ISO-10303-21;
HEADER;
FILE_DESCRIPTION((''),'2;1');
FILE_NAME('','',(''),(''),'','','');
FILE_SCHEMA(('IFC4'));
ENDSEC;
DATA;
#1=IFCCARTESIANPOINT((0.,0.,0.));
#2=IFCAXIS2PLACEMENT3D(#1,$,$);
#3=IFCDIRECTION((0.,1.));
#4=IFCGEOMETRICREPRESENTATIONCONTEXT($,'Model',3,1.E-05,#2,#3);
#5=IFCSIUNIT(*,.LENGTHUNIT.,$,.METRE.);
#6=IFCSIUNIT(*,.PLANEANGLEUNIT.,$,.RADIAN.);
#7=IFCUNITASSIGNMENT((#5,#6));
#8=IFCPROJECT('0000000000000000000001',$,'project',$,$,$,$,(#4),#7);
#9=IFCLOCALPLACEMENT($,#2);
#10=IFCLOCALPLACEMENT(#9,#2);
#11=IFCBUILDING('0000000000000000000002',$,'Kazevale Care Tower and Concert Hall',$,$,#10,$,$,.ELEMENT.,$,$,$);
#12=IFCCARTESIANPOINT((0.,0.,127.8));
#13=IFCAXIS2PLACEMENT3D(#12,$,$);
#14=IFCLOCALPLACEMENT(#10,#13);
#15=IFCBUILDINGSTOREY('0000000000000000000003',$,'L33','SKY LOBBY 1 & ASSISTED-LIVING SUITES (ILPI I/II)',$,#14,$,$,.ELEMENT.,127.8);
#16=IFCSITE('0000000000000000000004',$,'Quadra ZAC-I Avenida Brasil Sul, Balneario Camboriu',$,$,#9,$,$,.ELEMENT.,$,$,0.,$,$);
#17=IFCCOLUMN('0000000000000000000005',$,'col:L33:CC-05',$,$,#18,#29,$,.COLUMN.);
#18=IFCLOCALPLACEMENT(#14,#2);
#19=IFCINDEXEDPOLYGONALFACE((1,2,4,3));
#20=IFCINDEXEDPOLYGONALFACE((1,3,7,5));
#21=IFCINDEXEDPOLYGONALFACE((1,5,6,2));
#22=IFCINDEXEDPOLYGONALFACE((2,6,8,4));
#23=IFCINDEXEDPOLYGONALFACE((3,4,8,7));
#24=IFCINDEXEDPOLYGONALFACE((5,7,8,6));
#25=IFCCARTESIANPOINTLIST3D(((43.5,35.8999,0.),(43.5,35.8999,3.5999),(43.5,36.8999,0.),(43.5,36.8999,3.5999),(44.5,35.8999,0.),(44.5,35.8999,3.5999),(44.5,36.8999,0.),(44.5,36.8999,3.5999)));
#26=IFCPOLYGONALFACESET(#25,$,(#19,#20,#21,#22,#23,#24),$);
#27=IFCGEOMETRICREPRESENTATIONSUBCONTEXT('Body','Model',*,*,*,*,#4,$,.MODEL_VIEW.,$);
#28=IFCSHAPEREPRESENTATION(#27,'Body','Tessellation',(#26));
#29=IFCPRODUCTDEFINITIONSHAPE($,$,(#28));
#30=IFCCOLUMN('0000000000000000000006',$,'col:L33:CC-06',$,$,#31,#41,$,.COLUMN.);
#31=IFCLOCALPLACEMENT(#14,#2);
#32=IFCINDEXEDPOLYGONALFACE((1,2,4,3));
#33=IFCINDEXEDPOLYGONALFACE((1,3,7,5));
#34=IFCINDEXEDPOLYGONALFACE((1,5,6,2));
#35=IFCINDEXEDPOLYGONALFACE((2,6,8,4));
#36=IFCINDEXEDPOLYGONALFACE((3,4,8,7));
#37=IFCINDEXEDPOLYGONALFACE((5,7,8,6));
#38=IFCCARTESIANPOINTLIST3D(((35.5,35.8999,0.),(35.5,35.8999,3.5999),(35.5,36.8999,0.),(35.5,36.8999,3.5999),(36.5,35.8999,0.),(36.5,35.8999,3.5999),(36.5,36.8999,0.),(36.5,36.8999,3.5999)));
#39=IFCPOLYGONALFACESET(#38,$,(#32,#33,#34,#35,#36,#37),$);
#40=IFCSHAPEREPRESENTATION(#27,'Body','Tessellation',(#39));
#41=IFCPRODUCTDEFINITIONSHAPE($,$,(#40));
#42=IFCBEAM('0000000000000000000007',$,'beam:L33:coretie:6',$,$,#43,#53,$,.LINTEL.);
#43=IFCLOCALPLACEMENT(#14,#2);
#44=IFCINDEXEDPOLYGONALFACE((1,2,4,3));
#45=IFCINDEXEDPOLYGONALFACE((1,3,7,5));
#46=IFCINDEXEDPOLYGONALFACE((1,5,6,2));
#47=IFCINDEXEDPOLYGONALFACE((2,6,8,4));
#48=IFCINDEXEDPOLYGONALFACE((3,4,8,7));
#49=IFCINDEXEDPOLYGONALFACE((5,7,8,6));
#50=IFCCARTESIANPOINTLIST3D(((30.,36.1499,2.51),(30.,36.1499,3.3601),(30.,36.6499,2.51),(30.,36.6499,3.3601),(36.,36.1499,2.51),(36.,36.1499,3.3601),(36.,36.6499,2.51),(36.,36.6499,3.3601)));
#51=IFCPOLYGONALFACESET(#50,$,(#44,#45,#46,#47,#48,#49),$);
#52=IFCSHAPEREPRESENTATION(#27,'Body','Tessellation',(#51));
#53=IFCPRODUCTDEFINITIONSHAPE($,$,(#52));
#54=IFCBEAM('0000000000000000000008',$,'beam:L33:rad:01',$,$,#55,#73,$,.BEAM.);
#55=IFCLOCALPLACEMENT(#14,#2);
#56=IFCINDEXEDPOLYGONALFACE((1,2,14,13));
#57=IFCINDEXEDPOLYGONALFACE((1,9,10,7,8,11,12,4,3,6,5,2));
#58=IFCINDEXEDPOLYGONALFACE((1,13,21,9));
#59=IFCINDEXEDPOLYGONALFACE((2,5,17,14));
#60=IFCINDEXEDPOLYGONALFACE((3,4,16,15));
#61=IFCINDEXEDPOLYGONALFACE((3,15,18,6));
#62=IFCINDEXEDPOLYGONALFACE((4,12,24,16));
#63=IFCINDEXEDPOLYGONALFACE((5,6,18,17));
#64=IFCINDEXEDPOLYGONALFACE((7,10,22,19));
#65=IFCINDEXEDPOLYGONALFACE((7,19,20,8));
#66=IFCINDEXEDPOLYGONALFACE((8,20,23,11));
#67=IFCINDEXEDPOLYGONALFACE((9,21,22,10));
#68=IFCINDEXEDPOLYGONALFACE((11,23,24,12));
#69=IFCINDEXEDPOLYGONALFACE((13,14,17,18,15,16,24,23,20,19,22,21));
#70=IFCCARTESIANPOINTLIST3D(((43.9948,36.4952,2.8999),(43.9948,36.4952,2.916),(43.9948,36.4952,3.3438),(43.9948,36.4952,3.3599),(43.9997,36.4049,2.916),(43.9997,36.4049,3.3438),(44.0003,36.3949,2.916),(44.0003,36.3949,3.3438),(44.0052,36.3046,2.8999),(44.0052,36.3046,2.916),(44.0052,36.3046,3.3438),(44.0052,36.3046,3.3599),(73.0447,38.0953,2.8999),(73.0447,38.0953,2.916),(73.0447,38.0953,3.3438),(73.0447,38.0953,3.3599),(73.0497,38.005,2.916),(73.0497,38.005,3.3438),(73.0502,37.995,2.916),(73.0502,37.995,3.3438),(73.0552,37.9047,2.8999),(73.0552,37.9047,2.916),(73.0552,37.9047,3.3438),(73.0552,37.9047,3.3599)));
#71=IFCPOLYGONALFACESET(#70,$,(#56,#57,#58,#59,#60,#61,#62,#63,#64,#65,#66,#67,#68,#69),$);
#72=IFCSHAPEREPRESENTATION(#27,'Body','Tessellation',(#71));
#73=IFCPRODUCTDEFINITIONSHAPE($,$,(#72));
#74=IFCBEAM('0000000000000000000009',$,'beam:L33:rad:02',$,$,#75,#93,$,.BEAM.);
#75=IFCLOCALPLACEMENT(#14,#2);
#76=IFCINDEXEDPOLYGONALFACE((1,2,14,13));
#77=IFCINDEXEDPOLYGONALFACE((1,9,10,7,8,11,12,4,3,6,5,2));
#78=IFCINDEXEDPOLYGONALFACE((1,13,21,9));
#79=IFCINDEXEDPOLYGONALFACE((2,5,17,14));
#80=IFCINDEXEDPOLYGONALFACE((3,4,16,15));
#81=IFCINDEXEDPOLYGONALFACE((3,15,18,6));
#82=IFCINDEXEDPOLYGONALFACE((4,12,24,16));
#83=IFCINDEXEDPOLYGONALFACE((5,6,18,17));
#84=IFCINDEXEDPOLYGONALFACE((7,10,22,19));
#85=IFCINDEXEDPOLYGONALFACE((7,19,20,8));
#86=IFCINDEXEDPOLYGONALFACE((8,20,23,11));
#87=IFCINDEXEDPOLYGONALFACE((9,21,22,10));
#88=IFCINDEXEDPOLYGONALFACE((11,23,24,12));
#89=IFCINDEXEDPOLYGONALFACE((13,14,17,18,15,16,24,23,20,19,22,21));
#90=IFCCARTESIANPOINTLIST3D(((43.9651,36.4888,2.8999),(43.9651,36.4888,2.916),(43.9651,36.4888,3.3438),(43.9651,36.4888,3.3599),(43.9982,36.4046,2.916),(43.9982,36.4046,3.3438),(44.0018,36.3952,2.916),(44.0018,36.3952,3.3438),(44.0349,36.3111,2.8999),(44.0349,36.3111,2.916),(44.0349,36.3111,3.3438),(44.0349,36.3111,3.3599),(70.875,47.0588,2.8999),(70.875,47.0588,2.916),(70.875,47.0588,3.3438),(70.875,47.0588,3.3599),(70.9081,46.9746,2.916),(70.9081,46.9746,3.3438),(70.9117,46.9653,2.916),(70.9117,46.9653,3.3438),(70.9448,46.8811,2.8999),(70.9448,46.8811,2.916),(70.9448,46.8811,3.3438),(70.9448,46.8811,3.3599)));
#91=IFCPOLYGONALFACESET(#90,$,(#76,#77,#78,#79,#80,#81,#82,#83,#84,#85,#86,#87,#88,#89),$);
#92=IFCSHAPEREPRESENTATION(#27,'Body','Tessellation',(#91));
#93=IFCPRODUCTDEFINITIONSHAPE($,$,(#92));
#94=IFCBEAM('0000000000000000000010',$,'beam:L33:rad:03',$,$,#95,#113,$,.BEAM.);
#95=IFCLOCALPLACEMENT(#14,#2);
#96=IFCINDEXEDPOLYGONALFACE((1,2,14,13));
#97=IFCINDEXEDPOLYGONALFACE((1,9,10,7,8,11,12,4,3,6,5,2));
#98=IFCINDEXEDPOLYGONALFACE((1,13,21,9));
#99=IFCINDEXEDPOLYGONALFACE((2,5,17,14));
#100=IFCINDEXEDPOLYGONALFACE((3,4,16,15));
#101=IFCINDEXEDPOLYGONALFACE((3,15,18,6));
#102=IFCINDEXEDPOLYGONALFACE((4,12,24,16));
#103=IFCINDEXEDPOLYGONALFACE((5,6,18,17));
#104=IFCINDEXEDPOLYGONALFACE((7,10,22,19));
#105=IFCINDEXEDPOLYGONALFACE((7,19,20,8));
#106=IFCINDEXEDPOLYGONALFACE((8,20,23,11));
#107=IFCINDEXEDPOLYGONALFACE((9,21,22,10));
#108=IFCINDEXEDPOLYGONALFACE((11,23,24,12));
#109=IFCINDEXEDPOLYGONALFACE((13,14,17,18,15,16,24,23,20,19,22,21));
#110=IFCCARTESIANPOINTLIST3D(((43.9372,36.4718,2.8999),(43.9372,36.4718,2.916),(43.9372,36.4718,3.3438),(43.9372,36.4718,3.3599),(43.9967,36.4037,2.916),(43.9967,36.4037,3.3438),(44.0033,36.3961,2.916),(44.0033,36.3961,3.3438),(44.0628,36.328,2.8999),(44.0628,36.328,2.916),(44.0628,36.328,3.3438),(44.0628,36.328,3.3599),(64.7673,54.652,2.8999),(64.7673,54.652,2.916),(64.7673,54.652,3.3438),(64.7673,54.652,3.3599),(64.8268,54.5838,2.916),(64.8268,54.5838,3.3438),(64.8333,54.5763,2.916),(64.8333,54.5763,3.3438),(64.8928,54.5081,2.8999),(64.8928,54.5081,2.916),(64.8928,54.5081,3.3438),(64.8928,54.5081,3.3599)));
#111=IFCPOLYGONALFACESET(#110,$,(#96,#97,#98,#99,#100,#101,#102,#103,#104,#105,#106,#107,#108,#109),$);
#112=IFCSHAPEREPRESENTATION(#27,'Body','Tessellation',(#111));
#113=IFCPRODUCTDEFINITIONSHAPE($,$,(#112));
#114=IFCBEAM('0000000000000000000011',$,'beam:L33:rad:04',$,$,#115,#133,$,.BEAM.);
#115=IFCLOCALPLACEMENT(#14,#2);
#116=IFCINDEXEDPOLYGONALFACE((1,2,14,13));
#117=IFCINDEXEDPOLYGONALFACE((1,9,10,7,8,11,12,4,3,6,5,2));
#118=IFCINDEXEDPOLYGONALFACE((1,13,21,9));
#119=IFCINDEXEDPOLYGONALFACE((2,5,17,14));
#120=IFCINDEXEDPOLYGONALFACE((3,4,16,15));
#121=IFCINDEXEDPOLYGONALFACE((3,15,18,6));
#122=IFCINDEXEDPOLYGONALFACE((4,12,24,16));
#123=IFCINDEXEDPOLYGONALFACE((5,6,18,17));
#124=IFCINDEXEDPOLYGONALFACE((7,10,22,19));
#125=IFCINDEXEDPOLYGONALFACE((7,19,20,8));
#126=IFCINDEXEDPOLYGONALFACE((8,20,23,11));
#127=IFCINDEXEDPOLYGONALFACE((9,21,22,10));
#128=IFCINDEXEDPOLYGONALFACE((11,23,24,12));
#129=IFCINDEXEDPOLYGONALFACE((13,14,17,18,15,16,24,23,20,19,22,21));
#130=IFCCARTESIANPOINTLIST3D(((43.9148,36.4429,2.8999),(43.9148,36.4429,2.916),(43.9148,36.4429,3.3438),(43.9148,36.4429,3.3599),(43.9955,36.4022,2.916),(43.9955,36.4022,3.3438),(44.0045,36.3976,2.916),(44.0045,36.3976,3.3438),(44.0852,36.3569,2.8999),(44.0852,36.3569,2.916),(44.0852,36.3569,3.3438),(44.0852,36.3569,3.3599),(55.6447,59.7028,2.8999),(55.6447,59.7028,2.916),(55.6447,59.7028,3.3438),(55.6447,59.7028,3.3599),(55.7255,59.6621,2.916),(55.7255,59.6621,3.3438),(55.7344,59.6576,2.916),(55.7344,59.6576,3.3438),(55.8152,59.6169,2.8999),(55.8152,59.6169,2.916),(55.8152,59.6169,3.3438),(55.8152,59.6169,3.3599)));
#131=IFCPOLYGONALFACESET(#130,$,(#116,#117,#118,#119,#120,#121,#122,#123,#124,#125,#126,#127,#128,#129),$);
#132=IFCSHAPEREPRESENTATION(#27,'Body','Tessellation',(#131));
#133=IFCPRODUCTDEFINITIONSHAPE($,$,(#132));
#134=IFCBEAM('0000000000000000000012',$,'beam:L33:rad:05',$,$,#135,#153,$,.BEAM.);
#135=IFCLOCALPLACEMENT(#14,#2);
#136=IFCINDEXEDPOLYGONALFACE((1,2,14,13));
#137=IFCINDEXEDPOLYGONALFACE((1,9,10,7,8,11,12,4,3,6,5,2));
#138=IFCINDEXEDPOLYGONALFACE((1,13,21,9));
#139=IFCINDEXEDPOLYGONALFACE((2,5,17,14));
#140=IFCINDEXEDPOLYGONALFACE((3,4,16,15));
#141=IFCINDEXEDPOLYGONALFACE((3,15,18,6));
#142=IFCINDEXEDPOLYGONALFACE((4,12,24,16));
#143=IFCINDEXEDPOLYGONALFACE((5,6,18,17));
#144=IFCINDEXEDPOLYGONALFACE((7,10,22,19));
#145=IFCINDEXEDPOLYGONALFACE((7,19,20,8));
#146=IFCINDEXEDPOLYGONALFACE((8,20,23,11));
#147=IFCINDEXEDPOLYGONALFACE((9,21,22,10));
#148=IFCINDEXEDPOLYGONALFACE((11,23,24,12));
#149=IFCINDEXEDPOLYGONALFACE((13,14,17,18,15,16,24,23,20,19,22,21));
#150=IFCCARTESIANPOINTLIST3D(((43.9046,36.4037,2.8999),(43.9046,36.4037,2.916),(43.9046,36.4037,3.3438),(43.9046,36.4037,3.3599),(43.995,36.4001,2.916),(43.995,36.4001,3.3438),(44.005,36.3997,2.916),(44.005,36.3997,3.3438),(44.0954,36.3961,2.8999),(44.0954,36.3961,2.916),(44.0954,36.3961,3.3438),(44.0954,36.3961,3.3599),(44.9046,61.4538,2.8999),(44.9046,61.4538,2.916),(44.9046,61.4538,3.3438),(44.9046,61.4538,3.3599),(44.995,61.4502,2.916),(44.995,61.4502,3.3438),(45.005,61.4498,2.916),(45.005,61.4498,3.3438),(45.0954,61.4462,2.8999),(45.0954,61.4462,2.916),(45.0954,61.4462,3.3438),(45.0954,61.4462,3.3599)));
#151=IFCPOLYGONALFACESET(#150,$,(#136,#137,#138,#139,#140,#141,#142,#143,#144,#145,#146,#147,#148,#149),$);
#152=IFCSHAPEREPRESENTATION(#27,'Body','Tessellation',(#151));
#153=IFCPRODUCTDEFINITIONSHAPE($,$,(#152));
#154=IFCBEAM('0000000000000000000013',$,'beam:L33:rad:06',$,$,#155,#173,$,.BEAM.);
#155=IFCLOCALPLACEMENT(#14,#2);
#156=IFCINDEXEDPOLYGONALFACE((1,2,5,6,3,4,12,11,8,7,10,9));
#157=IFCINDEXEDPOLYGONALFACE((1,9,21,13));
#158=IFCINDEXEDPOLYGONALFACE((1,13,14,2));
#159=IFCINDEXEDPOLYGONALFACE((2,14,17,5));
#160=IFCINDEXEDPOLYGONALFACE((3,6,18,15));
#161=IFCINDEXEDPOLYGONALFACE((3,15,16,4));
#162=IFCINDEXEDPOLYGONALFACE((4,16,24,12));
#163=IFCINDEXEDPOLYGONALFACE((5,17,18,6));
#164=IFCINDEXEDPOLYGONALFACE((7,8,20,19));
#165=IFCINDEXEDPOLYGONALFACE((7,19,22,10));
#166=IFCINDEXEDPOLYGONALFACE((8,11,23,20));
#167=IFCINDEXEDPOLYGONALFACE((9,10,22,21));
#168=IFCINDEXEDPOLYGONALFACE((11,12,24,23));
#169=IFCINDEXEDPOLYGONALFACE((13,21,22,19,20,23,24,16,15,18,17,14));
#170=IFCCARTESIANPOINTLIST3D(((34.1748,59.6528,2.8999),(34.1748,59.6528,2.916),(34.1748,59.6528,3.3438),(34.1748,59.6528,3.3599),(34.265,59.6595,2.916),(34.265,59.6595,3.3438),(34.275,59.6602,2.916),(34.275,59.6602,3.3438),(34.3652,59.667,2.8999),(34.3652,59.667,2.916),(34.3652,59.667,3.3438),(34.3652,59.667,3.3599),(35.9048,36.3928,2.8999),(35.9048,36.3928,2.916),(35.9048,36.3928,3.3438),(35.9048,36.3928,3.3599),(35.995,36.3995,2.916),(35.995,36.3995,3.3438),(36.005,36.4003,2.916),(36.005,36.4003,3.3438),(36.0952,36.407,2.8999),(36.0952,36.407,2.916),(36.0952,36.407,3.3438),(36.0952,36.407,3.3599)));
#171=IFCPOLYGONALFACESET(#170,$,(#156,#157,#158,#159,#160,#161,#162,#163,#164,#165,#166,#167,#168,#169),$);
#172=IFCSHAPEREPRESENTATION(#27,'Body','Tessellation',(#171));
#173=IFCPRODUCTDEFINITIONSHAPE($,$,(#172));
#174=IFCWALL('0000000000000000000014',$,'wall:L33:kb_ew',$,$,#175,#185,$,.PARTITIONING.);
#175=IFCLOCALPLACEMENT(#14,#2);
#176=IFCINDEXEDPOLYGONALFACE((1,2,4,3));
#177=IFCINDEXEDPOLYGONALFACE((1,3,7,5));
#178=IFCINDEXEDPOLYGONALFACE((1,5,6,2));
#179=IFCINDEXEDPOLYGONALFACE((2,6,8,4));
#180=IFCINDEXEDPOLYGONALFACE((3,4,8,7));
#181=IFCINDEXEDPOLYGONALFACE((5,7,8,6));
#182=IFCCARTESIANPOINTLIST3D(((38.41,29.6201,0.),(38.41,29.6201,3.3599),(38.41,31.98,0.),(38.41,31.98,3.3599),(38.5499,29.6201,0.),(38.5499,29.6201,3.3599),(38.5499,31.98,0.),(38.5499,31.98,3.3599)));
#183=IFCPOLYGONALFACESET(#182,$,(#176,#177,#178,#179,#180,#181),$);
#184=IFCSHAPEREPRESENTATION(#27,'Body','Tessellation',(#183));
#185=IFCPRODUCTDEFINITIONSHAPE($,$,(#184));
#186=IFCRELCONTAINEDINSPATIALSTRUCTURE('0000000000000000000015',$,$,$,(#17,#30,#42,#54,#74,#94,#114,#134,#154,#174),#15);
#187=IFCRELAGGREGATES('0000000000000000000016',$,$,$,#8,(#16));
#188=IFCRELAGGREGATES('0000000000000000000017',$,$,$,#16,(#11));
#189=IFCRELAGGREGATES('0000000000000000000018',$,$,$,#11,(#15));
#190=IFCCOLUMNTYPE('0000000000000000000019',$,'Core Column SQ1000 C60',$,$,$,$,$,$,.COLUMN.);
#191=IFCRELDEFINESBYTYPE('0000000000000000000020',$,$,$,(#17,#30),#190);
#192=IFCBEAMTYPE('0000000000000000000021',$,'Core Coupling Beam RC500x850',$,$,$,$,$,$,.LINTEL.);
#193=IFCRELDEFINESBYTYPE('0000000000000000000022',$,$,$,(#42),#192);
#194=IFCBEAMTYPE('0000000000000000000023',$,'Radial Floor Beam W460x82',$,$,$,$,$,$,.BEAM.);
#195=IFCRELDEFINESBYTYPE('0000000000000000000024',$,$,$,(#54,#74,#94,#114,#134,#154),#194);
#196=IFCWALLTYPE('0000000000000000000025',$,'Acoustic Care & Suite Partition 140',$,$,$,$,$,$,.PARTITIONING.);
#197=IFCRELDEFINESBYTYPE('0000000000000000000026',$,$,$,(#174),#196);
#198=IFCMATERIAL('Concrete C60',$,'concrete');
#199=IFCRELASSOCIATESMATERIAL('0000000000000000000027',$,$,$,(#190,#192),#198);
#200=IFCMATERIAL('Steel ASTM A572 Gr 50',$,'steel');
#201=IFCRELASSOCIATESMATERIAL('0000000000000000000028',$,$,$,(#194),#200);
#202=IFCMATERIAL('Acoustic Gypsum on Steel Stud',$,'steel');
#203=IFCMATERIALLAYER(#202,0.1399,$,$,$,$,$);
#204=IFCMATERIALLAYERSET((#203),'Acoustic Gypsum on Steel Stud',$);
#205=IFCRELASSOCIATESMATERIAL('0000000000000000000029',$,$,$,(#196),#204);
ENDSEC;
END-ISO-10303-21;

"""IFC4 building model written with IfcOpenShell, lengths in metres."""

from ifc_helpers import new_model, si_unit, direction, frame, frame_2d, origin, origin_2d, place, context, subcontext, project, spatial, rectangle, i_section, extrude, material, layer, layer_set, material_profile, profile_set, type_object, element, save


model = new_model("IFC4")

# Units and contexts
model_context = context("Model", 3, precision=1e-05, world=origin(), true_north=direction((0.0, 1.0)))
body_context = subcontext(model_context, "Body", "Model", "MODEL_VIEW")
ifc_project = project(units=[si_unit("LENGTHUNIT", "METRE"), si_unit("PLANEANGLEUNIT", "RADIAN")], contexts=[model_context])

# Site, building, storey
site_placement = place(None, origin())
site = spatial("IfcSite", under=ifc_project, at=site_placement, Name="Quadra ZAC-I Avenida Brasil Sul, Balneario Camboriu", CompositionType="ELEMENT", RefElevation=0.0)
building_placement = place(site_placement, origin())
building = spatial("IfcBuilding", under=site, at=building_placement, Name="Kazevale Care Tower and Concert Hall", CompositionType="ELEMENT")
storey_placement = place(building_placement, frame((0.0, 0.0, 127.8)))
storey = spatial("IfcBuildingStorey", under=building, at=storey_placement, Name="L33", Description="SKY LOBBY 1 & ASSISTED-LIVING SUITES (ILPI I/II)", CompositionType="ELEMENT", Elevation=127.8)

# Columns
ifc_material_1 = material(Name="Concrete C60", Category="concrete")
ifc_material_profile_1 = material_profile(ifc_material_1, rectangle(XDim=1.0, YDim=1.0, at=origin_2d()), Name="RC-SQ1000")
ifc_profile_set_1 = profile_set([ifc_material_profile_1], Name="Concrete C60")
column_type = type_object("IfcColumnType", Name="Core Column SQ1000 C60", PredefinedType="COLUMN", material=ifc_profile_set_1)
for number, where, z_axis, x_axis, name in (
    (1, (44.0, 36.3999, 0.0), (0.0, 0.0, 1.0), (1.0, 0.0, 0.0), "col:L33:CC-05"),
    (2, (36.0, 36.3999, 0.0), (0.0, 0.0, 1.0), (1.0, 0.0, 0.0), "col:L33:CC-06"),
):
    element("IfcColumn", number, at=place(storey_placement, frame(where, z_axis=z_axis, x_axis=x_axis)), inside=storey, type_object=column_type, Name=name, PredefinedType="COLUMN", context=body_context, shape_type="SweptSolid", body=[
        extrude(rectangle(XDim=1.0, YDim=1.0, at=origin_2d()), origin(), (0.0, 0.0, 1.0), 3.5999),
    ])

# Beams
ifc_material_profile_2 = material_profile(ifc_material_1, rectangle(XDim=0.5, YDim=0.8501, at=origin_2d()), Name="RC-B500x850")
ifc_profile_set_2 = profile_set([ifc_material_profile_2], Name="Concrete C60")
beam_type_1 = type_object("IfcBeamType", Name="Core Coupling Beam RC500x850", PredefinedType="LINTEL", material=ifc_profile_set_2)
beam_1_placement = place(storey_placement, frame((36.0, 36.3999, 2.9351), z_axis=(-1.0, 0.0, 0.0), x_axis=(0.0, -1.0, 0.0)))
element("IfcBeam", 3, at=beam_1_placement, inside=storey, type_object=beam_type_1, Name="beam:L33:coretie:6", PredefinedType="LINTEL", context=body_context, shape_type="SweptSolid", body=[
    extrude(rectangle(XDim=0.5, YDim=0.8501, at=origin_2d()), origin(), (0.0, 0.0, 1.0), 6.0),
])
ifc_material_2 = material(Name="Steel ASTM A572 Gr 50", Category="steel")
ifc_material_profile_3 = material_profile(ifc_material_2, i_section(OverallWidth=0.1909, OverallDepth=0.46, WebThickness=0.01, FlangeThickness=0.0161, at=origin_2d()), Name="W460x82")
ifc_profile_set_3 = profile_set([ifc_material_profile_3], Name="Steel ASTM A572 Gr 50")
beam_type_2 = type_object("IfcBeamType", Name="Radial Floor Beam W460x82", PredefinedType="BEAM", material=ifc_profile_set_3)
beam_2_placement = place(storey_placement, frame((44.0, 36.3999, 3.1299), z_axis=(0.998487, 0.054997, 0.0), x_axis=(-0.054997, 0.998487, 0.0)))
element("IfcBeam", 4, at=beam_2_placement, inside=storey, type_object=beam_type_2, Name="beam:L33:rad:01", PredefinedType="BEAM", context=body_context, shape_type="SweptSolid", body=[
    extrude(i_section(OverallWidth=0.1909, OverallDepth=0.46, WebThickness=0.01, FlangeThickness=0.0161, at=origin_2d()), origin(), (0.0, 0.0, 1.0), 29.094),
])
beam_3_placement = place(storey_placement, frame((44.0, 36.3999, 3.1299), z_axis=(0.930771, 0.365602, 0.0), x_axis=(-0.365602, 0.930771, 0.0)))
element("IfcBeam", 5, at=beam_3_placement, inside=storey, type_object=beam_type_2, Name="beam:L33:rad:02", PredefinedType="BEAM", context=body_context, shape_type="SweptSolid", body=[
    extrude(i_section(OverallWidth=0.1909, OverallDepth=0.46, WebThickness=0.01, FlangeThickness=0.0161, at=origin_2d()), origin(), (0.0, 0.0, 1.0), 28.9114),
])
beam_4_placement = place(storey_placement, frame((44.0, 36.3999, 3.1299), z_axis=(0.753403, 0.657559, 0.0), x_axis=(-0.657559, 0.753403, 0.0)))
element("IfcBeam", 6, at=beam_4_placement, inside=storey, type_object=beam_type_2, Name="beam:L33:rad:03", PredefinedType="BEAM", context=body_context, shape_type="SweptSolid", body=[
    extrude(i_section(OverallWidth=0.1909, OverallDepth=0.46, WebThickness=0.01, FlangeThickness=0.0161, at=origin_2d()), origin(), (0.0, 0.0, 1.0), 27.6479),
])
beam_5_placement = place(storey_placement, frame((44.0, 36.3999, 3.1299), z_axis=(0.450281, 0.892887, 0.0), x_axis=(-0.892887, 0.450281, 0.0)))
element("IfcBeam", 7, at=beam_5_placement, inside=storey, type_object=beam_type_2, Name="beam:L33:rad:04", PredefinedType="BEAM", context=body_context, shape_type="SweptSolid", body=[
    extrude(i_section(OverallWidth=0.1909, OverallDepth=0.46, WebThickness=0.01, FlangeThickness=0.0161, at=origin_2d()), origin(), (0.0, 0.0, 1.0), 26.0503),
])
beam_6_placement = place(storey_placement, frame((44.0, 36.3999, 3.1299), z_axis=(0.039888, 0.999204, 0.0), x_axis=(-0.999204, 0.039888, 0.0)))
element("IfcBeam", 8, at=beam_6_placement, inside=storey, type_object=beam_type_2, Name="beam:L33:rad:05", PredefinedType="BEAM", context=body_context, shape_type="SweptSolid", body=[
    extrude(i_section(OverallWidth=0.1909, OverallDepth=0.46, WebThickness=0.01, FlangeThickness=0.0161, at=origin_2d()), origin(), (0.0, 0.0, 1.0), 25.0701),
])
beam_7_placement = place(storey_placement, frame((36.0, 36.3999, 3.1299), z_axis=(-0.074171, 0.997246, 0.0), x_axis=(-0.997246, -0.074171, 0.0)))
element("IfcBeam", 9, at=beam_7_placement, inside=storey, type_object=beam_type_2, Name="beam:L33:rad:06", PredefinedType="BEAM", context=body_context, shape_type="SweptSolid", body=[
    extrude(i_section(OverallWidth=0.1909, OverallDepth=0.46, WebThickness=0.01, FlangeThickness=0.0161, at=origin_2d()), origin(), (0.0, 0.0, 1.0), 23.3242),
])

# Wall
ifc_material_3 = material(Name="Acoustic Gypsum on Steel Stud", Category="steel")
ifc_layer_1 = layer(ifc_material_3, 0.1399)
ifc_layer_set_1 = layer_set([ifc_layer_1], Name="Acoustic Gypsum on Steel Stud")
wall_type_1 = type_object("IfcWallType", Name="Acoustic Care & Suite Partition 140", PredefinedType="PARTITIONING", material=ifc_layer_set_1)
for number, where, z_axis, x_axis, name in (
    (10, (38.48, 29.6201, 0.0), (0.0, 0.0, 1.0), (0.0, 1.0, 0.0), "wall:L33:kb_ew"),
):
    element("IfcWall", number, at=place(storey_placement, frame(where, z_axis=z_axis, x_axis=x_axis)), inside=storey, type_object=wall_type_1, Name=name, PredefinedType="PARTITIONING", context=body_context, shape_type="SweptSolid", body=[
        extrude(rectangle(XDim=2.3599, YDim=0.1399, at=frame_2d((1.1799, 0.0))), origin(), (0.0, 0.0, 1.0), 3.3599),
    ])

save(model, "model.ifc")
